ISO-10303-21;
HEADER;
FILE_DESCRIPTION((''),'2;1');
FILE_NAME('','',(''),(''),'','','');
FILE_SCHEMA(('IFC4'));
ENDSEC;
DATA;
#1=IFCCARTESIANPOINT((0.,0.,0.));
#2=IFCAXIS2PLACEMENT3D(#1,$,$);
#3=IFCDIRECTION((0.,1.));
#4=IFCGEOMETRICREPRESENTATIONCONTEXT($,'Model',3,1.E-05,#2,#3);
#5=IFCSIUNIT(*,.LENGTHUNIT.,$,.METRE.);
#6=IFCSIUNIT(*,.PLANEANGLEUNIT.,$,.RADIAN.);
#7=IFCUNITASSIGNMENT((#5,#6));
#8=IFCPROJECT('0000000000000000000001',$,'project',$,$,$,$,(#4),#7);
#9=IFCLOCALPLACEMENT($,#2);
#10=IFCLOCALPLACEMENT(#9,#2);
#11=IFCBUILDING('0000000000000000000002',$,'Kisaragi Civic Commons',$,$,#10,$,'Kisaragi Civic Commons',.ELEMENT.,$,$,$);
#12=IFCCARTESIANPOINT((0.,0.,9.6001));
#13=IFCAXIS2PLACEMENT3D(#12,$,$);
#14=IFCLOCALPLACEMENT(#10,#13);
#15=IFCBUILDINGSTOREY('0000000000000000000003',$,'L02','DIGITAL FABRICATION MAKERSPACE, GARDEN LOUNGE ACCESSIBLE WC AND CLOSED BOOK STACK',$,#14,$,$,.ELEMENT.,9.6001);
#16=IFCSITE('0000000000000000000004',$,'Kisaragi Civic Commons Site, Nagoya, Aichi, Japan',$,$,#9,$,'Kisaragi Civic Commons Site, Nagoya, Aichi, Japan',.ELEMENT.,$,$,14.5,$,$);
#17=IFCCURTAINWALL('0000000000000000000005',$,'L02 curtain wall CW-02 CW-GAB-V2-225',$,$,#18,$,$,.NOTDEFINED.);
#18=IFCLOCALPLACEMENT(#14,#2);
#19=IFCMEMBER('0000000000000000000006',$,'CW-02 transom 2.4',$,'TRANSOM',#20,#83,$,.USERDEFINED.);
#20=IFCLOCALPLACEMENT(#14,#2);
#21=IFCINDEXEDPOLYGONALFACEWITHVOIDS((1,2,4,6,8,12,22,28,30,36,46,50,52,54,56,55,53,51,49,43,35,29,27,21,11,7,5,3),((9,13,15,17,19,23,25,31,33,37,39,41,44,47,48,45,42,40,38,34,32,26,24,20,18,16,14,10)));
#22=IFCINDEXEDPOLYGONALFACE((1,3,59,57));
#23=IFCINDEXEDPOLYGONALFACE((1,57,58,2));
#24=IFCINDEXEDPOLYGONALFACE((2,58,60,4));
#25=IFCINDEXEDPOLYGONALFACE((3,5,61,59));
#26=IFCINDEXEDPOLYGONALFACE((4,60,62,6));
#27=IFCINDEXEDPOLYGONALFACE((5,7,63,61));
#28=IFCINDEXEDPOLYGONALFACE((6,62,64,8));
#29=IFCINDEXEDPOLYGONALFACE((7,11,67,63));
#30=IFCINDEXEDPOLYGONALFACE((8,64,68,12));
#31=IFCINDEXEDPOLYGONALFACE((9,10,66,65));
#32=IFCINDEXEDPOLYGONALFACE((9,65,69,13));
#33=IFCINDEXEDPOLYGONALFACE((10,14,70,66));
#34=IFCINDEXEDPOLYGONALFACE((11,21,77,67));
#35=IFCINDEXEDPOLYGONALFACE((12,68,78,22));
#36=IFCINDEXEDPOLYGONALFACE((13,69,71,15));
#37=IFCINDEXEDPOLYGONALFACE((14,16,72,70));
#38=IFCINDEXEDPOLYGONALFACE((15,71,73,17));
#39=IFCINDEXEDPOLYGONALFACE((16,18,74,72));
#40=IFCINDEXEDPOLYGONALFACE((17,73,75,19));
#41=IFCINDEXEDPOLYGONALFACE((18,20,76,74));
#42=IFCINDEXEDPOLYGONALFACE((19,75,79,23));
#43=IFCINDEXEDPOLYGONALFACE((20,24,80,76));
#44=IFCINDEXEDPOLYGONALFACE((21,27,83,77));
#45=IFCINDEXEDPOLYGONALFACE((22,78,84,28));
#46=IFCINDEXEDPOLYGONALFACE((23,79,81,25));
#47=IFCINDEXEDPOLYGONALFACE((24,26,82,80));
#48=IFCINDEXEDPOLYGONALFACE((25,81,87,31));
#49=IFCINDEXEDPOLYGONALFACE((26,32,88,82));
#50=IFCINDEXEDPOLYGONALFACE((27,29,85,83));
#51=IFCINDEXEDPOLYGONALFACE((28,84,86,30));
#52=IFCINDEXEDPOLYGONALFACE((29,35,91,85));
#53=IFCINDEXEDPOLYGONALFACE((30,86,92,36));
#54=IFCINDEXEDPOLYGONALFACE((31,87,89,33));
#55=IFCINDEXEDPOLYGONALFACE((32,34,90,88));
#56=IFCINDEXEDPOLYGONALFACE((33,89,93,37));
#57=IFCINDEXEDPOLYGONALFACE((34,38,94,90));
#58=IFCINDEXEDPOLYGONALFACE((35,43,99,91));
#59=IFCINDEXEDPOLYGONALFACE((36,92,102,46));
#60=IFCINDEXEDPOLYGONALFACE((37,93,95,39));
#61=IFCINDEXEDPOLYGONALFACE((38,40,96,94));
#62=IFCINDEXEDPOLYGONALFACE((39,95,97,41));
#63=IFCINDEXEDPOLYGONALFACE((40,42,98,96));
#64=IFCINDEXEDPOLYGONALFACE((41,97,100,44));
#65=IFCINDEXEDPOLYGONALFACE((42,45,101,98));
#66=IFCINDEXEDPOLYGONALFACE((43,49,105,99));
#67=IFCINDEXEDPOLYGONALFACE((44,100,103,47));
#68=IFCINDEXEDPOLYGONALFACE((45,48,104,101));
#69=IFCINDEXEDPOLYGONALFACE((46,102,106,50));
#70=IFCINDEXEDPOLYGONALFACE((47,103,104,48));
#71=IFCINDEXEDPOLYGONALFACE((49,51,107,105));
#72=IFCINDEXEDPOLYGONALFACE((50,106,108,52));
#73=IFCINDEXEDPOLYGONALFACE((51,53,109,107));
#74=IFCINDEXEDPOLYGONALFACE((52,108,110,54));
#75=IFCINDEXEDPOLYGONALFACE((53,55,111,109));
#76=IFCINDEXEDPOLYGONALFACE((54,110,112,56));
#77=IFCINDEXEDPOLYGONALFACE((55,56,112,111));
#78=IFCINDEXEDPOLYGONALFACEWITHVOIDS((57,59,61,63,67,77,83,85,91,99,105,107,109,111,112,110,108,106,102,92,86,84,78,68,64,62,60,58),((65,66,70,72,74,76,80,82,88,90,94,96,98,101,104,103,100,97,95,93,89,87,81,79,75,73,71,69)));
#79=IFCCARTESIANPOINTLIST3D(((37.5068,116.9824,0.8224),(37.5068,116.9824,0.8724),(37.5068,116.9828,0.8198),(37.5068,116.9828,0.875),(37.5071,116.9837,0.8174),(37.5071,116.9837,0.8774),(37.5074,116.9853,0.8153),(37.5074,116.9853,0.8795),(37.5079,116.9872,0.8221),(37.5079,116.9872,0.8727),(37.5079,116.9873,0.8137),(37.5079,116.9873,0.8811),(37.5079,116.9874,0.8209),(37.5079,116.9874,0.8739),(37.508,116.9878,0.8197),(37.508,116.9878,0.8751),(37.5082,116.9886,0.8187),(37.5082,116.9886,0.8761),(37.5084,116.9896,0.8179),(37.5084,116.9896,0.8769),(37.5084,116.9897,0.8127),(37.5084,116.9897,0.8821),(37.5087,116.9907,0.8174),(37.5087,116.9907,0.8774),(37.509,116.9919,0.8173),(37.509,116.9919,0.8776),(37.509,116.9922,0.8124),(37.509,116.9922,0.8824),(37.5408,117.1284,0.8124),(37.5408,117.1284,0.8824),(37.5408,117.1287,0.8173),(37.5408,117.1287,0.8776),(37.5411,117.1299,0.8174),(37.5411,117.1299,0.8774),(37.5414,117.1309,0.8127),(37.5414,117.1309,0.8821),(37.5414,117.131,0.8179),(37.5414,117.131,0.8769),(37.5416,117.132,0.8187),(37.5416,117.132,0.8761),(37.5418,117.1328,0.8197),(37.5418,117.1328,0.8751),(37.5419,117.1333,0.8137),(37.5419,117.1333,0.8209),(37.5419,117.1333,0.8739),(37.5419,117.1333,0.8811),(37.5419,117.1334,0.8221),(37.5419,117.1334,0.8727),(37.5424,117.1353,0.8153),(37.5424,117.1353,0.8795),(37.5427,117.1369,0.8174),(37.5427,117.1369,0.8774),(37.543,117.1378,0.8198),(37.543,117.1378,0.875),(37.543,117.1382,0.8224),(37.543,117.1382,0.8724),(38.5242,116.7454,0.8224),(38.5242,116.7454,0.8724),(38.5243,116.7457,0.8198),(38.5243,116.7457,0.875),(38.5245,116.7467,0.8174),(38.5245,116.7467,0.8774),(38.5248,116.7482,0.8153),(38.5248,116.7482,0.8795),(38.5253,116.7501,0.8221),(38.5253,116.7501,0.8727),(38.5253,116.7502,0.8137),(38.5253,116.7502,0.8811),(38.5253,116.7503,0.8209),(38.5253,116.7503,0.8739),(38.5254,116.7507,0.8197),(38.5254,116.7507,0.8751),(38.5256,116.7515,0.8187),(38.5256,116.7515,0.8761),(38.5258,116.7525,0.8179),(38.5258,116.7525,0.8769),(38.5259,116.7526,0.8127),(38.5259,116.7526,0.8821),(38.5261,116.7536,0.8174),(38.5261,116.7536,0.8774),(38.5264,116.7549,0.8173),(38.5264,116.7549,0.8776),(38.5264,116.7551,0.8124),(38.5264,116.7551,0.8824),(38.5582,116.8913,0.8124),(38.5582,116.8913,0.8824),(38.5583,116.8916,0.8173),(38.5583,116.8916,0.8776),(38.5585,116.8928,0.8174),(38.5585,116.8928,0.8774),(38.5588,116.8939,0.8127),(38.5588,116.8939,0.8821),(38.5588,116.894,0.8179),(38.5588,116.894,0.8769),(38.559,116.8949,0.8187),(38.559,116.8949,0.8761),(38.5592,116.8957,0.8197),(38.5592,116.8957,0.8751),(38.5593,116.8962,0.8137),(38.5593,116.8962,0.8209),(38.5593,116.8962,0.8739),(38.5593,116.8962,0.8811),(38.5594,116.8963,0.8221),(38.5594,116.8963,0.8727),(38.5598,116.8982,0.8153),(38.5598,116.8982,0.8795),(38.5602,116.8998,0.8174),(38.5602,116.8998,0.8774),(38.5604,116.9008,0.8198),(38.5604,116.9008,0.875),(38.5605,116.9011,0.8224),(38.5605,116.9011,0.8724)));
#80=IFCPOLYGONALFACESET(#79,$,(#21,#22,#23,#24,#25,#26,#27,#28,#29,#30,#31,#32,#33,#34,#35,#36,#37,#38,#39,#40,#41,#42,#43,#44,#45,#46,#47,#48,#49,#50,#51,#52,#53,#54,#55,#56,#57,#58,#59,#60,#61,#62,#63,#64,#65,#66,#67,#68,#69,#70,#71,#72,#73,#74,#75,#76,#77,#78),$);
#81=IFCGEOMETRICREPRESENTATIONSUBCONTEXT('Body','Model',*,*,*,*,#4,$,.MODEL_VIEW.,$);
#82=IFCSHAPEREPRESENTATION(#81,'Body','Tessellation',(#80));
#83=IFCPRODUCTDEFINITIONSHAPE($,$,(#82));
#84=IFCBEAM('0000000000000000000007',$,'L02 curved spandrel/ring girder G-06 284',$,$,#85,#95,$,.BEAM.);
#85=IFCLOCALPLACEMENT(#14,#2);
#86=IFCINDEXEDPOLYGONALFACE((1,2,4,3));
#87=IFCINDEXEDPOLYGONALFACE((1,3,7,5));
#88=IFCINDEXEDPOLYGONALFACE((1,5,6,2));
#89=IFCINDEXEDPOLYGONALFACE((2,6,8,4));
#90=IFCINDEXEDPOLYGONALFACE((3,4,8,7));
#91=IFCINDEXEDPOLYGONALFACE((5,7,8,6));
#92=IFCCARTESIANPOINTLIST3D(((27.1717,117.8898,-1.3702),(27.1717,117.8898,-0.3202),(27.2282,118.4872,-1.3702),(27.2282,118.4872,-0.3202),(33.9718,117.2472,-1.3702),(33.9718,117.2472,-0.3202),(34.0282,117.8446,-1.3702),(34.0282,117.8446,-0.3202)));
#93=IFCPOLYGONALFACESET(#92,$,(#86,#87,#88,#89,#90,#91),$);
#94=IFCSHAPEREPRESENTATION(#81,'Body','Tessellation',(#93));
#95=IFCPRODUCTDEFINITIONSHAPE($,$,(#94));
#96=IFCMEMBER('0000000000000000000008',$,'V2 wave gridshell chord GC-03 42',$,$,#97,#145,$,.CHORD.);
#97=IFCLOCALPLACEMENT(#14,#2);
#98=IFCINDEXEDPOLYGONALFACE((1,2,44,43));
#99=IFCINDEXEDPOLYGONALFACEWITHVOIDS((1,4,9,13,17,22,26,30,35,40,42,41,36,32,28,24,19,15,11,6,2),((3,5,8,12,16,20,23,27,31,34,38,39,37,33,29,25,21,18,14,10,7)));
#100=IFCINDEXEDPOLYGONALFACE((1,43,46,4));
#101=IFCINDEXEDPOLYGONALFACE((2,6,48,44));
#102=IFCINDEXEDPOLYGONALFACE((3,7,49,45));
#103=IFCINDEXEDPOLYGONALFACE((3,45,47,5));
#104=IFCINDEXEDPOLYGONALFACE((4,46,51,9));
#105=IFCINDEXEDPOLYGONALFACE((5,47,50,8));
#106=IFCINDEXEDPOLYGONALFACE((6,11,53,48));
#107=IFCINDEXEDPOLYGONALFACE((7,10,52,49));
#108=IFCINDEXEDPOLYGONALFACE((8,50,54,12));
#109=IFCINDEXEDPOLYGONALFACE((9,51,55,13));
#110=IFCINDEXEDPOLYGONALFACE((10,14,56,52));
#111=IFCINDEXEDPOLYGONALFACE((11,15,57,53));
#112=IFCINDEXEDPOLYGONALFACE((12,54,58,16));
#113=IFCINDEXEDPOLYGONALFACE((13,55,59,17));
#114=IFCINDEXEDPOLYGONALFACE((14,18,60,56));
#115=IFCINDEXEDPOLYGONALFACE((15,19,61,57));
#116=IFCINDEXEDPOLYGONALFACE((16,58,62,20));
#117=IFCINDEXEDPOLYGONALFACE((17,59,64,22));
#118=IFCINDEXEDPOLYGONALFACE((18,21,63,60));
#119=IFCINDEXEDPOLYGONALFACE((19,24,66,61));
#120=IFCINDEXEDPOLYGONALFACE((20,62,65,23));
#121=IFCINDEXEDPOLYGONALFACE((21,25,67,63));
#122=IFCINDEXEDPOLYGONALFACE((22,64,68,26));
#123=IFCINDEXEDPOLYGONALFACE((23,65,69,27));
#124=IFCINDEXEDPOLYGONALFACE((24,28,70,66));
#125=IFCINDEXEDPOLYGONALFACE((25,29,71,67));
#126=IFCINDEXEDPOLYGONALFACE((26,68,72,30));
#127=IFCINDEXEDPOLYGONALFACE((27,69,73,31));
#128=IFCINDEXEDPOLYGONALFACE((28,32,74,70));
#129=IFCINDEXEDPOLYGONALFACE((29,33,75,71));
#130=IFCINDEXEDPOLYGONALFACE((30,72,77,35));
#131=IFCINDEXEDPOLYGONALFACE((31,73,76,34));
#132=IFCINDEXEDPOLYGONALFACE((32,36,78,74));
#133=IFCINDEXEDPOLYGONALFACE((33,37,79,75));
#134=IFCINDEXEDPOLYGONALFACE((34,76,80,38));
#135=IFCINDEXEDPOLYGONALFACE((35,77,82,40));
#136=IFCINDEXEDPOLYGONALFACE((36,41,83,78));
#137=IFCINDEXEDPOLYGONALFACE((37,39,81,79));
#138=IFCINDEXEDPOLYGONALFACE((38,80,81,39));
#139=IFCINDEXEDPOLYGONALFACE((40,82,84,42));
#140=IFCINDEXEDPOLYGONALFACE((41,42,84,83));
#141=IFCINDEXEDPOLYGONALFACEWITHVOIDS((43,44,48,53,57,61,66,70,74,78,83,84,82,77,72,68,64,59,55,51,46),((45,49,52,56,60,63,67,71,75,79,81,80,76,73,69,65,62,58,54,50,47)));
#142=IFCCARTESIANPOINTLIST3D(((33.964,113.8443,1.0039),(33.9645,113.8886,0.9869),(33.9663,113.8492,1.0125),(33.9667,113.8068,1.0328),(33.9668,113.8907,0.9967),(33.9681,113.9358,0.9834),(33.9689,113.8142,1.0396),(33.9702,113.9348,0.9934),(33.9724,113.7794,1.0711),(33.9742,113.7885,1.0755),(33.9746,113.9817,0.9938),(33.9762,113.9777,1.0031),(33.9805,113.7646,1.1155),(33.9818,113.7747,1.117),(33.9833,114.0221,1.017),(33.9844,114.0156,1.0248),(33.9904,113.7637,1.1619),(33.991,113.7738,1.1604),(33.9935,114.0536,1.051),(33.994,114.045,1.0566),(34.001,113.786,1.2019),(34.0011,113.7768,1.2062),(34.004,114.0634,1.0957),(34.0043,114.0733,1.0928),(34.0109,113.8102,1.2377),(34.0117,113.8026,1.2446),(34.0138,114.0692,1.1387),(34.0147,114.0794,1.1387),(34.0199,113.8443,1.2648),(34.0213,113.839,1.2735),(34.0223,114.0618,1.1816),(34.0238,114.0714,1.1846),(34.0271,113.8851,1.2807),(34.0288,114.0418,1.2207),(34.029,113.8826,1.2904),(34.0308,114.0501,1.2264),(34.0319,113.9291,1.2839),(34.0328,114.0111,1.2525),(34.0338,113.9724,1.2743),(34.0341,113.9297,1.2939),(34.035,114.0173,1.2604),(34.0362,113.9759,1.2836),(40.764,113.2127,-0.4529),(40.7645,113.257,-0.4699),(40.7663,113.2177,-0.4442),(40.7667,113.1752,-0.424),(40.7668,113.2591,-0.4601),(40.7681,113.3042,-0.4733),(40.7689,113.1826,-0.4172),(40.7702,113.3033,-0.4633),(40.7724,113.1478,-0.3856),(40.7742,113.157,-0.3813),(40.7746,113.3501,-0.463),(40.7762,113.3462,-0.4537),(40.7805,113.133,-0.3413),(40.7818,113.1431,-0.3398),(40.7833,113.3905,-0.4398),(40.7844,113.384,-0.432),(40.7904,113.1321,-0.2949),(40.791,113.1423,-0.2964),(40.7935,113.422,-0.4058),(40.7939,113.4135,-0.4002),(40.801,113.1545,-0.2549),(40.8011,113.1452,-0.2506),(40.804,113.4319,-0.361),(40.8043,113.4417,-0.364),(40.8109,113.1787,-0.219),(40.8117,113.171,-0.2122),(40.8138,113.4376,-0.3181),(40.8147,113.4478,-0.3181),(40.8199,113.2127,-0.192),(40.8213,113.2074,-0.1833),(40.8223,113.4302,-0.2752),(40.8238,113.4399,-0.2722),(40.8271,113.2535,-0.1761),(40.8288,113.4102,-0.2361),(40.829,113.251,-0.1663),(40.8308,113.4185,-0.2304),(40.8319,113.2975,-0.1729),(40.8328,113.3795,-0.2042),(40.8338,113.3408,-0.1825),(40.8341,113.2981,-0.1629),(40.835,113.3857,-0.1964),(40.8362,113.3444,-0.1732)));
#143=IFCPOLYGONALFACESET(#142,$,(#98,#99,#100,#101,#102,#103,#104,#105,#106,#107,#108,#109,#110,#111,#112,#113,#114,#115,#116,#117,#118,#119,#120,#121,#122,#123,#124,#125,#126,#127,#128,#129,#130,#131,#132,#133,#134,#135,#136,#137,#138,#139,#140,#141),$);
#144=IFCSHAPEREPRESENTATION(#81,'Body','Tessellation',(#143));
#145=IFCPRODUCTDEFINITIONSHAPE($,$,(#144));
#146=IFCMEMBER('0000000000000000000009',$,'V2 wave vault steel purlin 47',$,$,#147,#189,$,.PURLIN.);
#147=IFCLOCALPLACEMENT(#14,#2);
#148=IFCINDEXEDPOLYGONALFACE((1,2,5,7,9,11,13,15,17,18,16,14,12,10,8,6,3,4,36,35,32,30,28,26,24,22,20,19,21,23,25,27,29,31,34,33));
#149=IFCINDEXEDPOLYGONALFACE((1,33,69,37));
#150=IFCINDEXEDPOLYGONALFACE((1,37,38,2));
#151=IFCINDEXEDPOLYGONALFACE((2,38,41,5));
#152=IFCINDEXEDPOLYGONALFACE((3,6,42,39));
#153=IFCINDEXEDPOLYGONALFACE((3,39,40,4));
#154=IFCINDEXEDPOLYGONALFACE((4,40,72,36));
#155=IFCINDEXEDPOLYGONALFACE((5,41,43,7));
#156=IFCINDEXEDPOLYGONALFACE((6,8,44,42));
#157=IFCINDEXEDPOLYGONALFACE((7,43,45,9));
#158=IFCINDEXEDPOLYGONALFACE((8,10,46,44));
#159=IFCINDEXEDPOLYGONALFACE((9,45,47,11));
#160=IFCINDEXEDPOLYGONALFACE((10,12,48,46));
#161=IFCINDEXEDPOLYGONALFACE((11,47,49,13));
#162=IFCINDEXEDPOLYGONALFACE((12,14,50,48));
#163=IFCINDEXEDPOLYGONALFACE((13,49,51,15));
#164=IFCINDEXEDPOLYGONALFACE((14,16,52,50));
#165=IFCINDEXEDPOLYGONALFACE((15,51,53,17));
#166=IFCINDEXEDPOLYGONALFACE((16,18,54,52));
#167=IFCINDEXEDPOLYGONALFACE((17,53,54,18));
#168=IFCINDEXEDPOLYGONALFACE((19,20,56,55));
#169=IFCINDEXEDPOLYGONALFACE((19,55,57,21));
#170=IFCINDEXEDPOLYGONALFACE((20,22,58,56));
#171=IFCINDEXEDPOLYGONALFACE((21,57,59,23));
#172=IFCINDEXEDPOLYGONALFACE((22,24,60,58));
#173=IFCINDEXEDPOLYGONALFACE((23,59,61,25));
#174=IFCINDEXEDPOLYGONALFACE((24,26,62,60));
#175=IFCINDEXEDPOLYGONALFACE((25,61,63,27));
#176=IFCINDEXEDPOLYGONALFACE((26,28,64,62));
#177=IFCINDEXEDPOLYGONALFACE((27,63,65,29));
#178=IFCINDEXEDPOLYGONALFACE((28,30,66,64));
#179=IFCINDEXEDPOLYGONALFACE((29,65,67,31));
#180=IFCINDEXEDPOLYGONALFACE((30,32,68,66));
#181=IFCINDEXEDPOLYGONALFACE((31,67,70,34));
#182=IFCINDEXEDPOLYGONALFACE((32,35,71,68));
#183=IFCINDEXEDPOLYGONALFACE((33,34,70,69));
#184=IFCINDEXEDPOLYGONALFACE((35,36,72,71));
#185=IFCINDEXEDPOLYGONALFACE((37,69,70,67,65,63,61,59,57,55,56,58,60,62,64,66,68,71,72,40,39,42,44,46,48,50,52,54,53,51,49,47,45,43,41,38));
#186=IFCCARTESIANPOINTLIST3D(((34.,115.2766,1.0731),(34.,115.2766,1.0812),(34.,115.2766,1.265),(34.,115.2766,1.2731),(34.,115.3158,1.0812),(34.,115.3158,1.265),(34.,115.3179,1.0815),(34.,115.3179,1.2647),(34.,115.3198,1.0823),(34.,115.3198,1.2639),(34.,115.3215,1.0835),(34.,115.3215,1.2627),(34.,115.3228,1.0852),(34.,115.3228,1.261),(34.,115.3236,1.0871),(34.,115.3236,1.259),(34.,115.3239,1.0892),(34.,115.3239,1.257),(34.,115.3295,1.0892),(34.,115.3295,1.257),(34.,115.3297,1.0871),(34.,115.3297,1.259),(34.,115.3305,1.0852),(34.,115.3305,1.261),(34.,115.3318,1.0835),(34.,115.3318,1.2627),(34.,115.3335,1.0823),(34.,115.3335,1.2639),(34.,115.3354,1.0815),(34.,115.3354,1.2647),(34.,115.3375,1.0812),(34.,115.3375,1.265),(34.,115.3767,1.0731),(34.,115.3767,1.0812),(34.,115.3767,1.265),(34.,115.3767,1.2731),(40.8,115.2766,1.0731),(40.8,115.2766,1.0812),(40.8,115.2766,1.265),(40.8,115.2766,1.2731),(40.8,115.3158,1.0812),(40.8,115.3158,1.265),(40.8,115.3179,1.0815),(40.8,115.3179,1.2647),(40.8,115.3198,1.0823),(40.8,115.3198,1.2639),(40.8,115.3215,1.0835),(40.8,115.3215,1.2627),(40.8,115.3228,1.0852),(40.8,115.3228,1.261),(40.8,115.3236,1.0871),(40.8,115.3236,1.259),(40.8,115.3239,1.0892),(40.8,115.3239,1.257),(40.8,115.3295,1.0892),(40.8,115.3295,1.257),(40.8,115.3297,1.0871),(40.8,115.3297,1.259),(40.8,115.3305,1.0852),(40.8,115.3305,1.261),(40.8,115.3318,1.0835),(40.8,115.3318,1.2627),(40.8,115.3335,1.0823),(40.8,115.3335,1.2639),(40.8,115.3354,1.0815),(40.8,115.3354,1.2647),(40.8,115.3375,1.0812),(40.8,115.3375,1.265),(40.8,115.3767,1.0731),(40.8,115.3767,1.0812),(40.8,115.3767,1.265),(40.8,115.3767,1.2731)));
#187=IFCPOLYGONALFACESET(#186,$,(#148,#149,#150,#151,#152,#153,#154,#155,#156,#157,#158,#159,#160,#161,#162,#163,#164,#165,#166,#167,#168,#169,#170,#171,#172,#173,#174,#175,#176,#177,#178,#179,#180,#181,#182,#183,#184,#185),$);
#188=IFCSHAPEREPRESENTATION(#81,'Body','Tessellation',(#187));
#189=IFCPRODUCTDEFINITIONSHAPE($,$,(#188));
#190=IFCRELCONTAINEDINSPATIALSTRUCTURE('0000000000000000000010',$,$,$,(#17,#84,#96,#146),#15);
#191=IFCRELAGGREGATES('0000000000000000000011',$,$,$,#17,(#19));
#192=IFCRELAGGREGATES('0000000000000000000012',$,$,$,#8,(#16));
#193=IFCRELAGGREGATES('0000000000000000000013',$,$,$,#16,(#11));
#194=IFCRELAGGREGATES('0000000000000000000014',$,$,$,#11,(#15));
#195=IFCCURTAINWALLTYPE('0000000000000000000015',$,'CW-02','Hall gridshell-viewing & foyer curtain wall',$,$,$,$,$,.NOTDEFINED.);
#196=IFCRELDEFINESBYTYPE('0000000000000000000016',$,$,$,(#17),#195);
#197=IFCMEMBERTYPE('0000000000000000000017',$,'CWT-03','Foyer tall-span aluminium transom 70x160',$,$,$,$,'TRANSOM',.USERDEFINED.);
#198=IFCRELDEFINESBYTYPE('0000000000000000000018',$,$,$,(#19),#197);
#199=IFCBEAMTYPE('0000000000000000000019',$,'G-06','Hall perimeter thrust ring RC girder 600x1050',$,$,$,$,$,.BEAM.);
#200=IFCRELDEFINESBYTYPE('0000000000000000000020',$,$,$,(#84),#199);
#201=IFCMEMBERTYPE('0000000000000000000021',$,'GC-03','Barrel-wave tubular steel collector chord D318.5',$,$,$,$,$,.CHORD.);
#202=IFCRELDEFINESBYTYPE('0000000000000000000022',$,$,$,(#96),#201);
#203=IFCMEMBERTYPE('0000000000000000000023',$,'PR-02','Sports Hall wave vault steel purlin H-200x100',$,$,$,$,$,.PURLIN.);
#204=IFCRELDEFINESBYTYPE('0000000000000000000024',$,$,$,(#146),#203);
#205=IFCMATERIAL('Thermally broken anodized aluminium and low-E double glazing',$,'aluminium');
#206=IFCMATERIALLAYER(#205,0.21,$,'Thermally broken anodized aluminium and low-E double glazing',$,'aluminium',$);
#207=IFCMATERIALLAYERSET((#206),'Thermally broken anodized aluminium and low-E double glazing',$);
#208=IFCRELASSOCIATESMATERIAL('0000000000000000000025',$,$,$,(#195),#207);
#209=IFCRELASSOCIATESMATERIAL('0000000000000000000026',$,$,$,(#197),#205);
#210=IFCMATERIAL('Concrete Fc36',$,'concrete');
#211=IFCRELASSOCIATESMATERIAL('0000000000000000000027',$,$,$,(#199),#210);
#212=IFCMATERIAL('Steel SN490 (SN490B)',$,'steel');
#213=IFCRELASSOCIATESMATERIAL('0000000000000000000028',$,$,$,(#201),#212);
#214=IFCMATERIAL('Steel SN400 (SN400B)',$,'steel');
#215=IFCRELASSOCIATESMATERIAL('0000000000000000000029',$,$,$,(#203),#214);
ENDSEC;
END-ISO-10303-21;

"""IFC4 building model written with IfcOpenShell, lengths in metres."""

from ifc_helpers import new_model, si_unit, direction, frame, origin, origin_2d, place, context, subcontext, project, spatial, rectangle, hollow_rectangle, hollow_circle, i_section, extrude, material, layer, layer_set, material_profile, profile_set, type_object, element, aggregate, save


model = new_model("IFC4")

# Units and contexts
model_context = context("Model", 3, precision=1e-05, world=origin(), true_north=direction((0.0, 1.0)))
body_context = subcontext(model_context, "Body", "Model", "MODEL_VIEW")
ifc_project = project(units=[si_unit("LENGTHUNIT", "METRE"), si_unit("PLANEANGLEUNIT", "RADIAN")], contexts=[model_context])

# Site, building, storey
site_placement = place(None, origin())
site = spatial("IfcSite", under=ifc_project, at=site_placement, Name="Kisaragi Civic Commons Site, Nagoya, Aichi, Japan", LongName="Kisaragi Civic Commons Site, Nagoya, Aichi, Japan", CompositionType="ELEMENT", RefElevation=14.5)
building_placement = place(site_placement, origin())
building = spatial("IfcBuilding", under=site, at=building_placement, Name="Kisaragi Civic Commons", LongName="Kisaragi Civic Commons", CompositionType="ELEMENT")
storey_placement = place(building_placement, frame((0.0, 0.0, 9.6001)))
storey = spatial("IfcBuildingStorey", under=building, at=storey_placement, Name="L02", Description="DIGITAL FABRICATION MAKERSPACE, GARDEN LOUNGE ACCESSIBLE WC AND CLOSED BOOK STACK", CompositionType="ELEMENT", Elevation=9.6001)

# Curtain wall, member
ifc_material_1 = material(Name="Thermally broken anodized aluminium and low-E double glazing", Category="aluminium")
ifc_layer_1 = layer(ifc_material_1, 0.21, Name="Thermally broken anodized aluminium and low-E double glazing", Category="aluminium")
ifc_layer_set_1 = layer_set([ifc_layer_1], Name="Thermally broken anodized aluminium and low-E double glazing")
curtain_wall_type = type_object("IfcCurtainWallType", Name="CW-02", Description="Hall gridshell-viewing & foyer curtain wall", PredefinedType="NOTDEFINED", material=ifc_layer_set_1)
curtain_wall_placement = place(storey_placement, origin())
curtain_wall = element("IfcCurtainWall", 1, at=curtain_wall_placement, inside=storey, type_object=curtain_wall_type, Name="L02 curtain wall CW-02 CW-GAB-V2-225", PredefinedType="NOTDEFINED")
ifc_material_profile_1 = material_profile(ifc_material_1, hollow_rectangle(XDim=0.1599, YDim=0.0701, WallThickness=0.0049, InnerFilletRadius=0.0049, OuterFilletRadius=0.01, at=origin_2d()), Name="CWT-70x160x5", Category="aluminium")
ifc_profile_set_1 = profile_set([ifc_material_profile_1], Name="Thermally broken anodized aluminium and low-E double glazing")
member_type_1 = type_object("IfcMemberType", Name="CWT-03", Description="Foyer tall-span aluminium transom 70x160", ElementType="TRANSOM", PredefinedType="USERDEFINED", material=ifc_profile_set_1)
member_1_placement = place(storey_placement, frame((37.5249, 117.0603, 0.8474), z_axis=(0.973908, -0.226941, 0.0), x_axis=(0.226941, 0.973908, 0.0)))
member_1 = element("IfcMember", 2, at=member_1_placement, type_object=member_type_1, Name="CW-02 transom 2.4", ObjectType="TRANSOM", PredefinedType="USERDEFINED", context=body_context, shape_type="SweptSolid", body=[
    extrude(hollow_rectangle(XDim=0.1599, YDim=0.0701, WallThickness=0.0049, InnerFilletRadius=0.0049, OuterFilletRadius=0.01, at=origin_2d()), origin(), (0.0, 0.0, 1.0), 1.0447),
])

# Beam
ifc_material_2 = material(Name="Concrete Fc36", Category="concrete")
ifc_material_profile_2 = material_profile(ifc_material_2, rectangle(XDim=0.6001, YDim=1.05, at=origin_2d()), Name="RC-600x1050", Category="concrete")
ifc_profile_set_2 = profile_set([ifc_material_profile_2], Name="Concrete Fc36")
beam_type = type_object("IfcBeamType", Name="G-06", Description="Hall perimeter thrust ring RC girder 600x1050", PredefinedType="BEAM", material=ifc_profile_set_2)
beam_placement = place(storey_placement, frame((34.0, 117.5459, -0.8452), z_axis=(-0.995565, 0.094077, 0.0), x_axis=(-0.094077, -0.995565, 0.0)))
element("IfcBeam", 3, at=beam_placement, inside=storey, type_object=beam_type, Name="L02 curved spandrel/ring girder G-06 284", PredefinedType="BEAM", context=body_context, shape_type="SweptSolid", body=[
    extrude(rectangle(XDim=0.6001, YDim=1.05, at=origin_2d()), origin(), (0.0, 0.0, 1.0), 6.8303),
])

# Members
ifc_material_3 = material(Name="Steel SN490 (SN490B)", Category="steel")
ifc_material_profile_3 = material_profile(ifc_material_3, hollow_circle(Radius=0.1592, WallThickness=0.0103, at=origin_2d()), Name="CHS-318.5x10.3", Category="steel")
ifc_profile_set_3 = profile_set([ifc_material_profile_3], Name="Steel SN490 (SN490B)")
member_type_2 = type_object("IfcMemberType", Name="GC-03", Description="Barrel-wave tubular steel collector chord D318.5", PredefinedType="CHORD", material=ifc_profile_set_3)
member_2_placement = place(storey_placement, frame((34.0, 113.9209, 1.1387), z_axis=(0.973805, -0.090448, -0.20862), x_axis=(0.092482, 0.995714, 0.0)))
element("IfcMember", 4, at=member_2_placement, inside=storey, type_object=member_type_2, Name="V2 wave gridshell chord GC-03 42", PredefinedType="CHORD", context=body_context, shape_type="SweptSolid", body=[
    extrude(hollow_circle(Radius=0.1592, WallThickness=0.0103, at=origin_2d()), origin(), (0.0, 0.0, 1.0), 6.9829),
])
ifc_material_4 = material(Name="Steel SN400 (SN400B)", Category="steel")
ifc_material_profile_4 = material_profile(ifc_material_4, i_section(OverallWidth=0.1001, OverallDepth=0.2, WebThickness=0.0056, FlangeThickness=0.0081, FilletRadius=0.0081, at=origin_2d()), Name="H-200x100x5.5x8", Category="steel")
ifc_profile_set_4 = profile_set([ifc_material_profile_4], Name="Steel SN400 (SN400B)")
member_type_3 = type_object("IfcMemberType", Name="PR-02", Description="Sports Hall wave vault steel purlin H-200x100", PredefinedType="PURLIN", material=ifc_profile_set_4)
member_3_placement = place(storey_placement, frame((34.0, 115.3267, 1.1731), z_axis=(1.0, 0.0, 0.0), x_axis=(0.0, 1.0, 0.0)))
element("IfcMember", 5, at=member_3_placement, inside=storey, type_object=member_type_3, Name="V2 wave vault steel purlin 47", PredefinedType="PURLIN", context=body_context, shape_type="SweptSolid", body=[
    extrude(i_section(OverallWidth=0.1001, OverallDepth=0.2, WebThickness=0.0056, FlangeThickness=0.0081, FilletRadius=0.0081, at=origin_2d()), origin(), (0.0, 0.0, 1.0), 6.8),
])

aggregate(curtain_wall, [member_1])

save(model, "model.ifc")
